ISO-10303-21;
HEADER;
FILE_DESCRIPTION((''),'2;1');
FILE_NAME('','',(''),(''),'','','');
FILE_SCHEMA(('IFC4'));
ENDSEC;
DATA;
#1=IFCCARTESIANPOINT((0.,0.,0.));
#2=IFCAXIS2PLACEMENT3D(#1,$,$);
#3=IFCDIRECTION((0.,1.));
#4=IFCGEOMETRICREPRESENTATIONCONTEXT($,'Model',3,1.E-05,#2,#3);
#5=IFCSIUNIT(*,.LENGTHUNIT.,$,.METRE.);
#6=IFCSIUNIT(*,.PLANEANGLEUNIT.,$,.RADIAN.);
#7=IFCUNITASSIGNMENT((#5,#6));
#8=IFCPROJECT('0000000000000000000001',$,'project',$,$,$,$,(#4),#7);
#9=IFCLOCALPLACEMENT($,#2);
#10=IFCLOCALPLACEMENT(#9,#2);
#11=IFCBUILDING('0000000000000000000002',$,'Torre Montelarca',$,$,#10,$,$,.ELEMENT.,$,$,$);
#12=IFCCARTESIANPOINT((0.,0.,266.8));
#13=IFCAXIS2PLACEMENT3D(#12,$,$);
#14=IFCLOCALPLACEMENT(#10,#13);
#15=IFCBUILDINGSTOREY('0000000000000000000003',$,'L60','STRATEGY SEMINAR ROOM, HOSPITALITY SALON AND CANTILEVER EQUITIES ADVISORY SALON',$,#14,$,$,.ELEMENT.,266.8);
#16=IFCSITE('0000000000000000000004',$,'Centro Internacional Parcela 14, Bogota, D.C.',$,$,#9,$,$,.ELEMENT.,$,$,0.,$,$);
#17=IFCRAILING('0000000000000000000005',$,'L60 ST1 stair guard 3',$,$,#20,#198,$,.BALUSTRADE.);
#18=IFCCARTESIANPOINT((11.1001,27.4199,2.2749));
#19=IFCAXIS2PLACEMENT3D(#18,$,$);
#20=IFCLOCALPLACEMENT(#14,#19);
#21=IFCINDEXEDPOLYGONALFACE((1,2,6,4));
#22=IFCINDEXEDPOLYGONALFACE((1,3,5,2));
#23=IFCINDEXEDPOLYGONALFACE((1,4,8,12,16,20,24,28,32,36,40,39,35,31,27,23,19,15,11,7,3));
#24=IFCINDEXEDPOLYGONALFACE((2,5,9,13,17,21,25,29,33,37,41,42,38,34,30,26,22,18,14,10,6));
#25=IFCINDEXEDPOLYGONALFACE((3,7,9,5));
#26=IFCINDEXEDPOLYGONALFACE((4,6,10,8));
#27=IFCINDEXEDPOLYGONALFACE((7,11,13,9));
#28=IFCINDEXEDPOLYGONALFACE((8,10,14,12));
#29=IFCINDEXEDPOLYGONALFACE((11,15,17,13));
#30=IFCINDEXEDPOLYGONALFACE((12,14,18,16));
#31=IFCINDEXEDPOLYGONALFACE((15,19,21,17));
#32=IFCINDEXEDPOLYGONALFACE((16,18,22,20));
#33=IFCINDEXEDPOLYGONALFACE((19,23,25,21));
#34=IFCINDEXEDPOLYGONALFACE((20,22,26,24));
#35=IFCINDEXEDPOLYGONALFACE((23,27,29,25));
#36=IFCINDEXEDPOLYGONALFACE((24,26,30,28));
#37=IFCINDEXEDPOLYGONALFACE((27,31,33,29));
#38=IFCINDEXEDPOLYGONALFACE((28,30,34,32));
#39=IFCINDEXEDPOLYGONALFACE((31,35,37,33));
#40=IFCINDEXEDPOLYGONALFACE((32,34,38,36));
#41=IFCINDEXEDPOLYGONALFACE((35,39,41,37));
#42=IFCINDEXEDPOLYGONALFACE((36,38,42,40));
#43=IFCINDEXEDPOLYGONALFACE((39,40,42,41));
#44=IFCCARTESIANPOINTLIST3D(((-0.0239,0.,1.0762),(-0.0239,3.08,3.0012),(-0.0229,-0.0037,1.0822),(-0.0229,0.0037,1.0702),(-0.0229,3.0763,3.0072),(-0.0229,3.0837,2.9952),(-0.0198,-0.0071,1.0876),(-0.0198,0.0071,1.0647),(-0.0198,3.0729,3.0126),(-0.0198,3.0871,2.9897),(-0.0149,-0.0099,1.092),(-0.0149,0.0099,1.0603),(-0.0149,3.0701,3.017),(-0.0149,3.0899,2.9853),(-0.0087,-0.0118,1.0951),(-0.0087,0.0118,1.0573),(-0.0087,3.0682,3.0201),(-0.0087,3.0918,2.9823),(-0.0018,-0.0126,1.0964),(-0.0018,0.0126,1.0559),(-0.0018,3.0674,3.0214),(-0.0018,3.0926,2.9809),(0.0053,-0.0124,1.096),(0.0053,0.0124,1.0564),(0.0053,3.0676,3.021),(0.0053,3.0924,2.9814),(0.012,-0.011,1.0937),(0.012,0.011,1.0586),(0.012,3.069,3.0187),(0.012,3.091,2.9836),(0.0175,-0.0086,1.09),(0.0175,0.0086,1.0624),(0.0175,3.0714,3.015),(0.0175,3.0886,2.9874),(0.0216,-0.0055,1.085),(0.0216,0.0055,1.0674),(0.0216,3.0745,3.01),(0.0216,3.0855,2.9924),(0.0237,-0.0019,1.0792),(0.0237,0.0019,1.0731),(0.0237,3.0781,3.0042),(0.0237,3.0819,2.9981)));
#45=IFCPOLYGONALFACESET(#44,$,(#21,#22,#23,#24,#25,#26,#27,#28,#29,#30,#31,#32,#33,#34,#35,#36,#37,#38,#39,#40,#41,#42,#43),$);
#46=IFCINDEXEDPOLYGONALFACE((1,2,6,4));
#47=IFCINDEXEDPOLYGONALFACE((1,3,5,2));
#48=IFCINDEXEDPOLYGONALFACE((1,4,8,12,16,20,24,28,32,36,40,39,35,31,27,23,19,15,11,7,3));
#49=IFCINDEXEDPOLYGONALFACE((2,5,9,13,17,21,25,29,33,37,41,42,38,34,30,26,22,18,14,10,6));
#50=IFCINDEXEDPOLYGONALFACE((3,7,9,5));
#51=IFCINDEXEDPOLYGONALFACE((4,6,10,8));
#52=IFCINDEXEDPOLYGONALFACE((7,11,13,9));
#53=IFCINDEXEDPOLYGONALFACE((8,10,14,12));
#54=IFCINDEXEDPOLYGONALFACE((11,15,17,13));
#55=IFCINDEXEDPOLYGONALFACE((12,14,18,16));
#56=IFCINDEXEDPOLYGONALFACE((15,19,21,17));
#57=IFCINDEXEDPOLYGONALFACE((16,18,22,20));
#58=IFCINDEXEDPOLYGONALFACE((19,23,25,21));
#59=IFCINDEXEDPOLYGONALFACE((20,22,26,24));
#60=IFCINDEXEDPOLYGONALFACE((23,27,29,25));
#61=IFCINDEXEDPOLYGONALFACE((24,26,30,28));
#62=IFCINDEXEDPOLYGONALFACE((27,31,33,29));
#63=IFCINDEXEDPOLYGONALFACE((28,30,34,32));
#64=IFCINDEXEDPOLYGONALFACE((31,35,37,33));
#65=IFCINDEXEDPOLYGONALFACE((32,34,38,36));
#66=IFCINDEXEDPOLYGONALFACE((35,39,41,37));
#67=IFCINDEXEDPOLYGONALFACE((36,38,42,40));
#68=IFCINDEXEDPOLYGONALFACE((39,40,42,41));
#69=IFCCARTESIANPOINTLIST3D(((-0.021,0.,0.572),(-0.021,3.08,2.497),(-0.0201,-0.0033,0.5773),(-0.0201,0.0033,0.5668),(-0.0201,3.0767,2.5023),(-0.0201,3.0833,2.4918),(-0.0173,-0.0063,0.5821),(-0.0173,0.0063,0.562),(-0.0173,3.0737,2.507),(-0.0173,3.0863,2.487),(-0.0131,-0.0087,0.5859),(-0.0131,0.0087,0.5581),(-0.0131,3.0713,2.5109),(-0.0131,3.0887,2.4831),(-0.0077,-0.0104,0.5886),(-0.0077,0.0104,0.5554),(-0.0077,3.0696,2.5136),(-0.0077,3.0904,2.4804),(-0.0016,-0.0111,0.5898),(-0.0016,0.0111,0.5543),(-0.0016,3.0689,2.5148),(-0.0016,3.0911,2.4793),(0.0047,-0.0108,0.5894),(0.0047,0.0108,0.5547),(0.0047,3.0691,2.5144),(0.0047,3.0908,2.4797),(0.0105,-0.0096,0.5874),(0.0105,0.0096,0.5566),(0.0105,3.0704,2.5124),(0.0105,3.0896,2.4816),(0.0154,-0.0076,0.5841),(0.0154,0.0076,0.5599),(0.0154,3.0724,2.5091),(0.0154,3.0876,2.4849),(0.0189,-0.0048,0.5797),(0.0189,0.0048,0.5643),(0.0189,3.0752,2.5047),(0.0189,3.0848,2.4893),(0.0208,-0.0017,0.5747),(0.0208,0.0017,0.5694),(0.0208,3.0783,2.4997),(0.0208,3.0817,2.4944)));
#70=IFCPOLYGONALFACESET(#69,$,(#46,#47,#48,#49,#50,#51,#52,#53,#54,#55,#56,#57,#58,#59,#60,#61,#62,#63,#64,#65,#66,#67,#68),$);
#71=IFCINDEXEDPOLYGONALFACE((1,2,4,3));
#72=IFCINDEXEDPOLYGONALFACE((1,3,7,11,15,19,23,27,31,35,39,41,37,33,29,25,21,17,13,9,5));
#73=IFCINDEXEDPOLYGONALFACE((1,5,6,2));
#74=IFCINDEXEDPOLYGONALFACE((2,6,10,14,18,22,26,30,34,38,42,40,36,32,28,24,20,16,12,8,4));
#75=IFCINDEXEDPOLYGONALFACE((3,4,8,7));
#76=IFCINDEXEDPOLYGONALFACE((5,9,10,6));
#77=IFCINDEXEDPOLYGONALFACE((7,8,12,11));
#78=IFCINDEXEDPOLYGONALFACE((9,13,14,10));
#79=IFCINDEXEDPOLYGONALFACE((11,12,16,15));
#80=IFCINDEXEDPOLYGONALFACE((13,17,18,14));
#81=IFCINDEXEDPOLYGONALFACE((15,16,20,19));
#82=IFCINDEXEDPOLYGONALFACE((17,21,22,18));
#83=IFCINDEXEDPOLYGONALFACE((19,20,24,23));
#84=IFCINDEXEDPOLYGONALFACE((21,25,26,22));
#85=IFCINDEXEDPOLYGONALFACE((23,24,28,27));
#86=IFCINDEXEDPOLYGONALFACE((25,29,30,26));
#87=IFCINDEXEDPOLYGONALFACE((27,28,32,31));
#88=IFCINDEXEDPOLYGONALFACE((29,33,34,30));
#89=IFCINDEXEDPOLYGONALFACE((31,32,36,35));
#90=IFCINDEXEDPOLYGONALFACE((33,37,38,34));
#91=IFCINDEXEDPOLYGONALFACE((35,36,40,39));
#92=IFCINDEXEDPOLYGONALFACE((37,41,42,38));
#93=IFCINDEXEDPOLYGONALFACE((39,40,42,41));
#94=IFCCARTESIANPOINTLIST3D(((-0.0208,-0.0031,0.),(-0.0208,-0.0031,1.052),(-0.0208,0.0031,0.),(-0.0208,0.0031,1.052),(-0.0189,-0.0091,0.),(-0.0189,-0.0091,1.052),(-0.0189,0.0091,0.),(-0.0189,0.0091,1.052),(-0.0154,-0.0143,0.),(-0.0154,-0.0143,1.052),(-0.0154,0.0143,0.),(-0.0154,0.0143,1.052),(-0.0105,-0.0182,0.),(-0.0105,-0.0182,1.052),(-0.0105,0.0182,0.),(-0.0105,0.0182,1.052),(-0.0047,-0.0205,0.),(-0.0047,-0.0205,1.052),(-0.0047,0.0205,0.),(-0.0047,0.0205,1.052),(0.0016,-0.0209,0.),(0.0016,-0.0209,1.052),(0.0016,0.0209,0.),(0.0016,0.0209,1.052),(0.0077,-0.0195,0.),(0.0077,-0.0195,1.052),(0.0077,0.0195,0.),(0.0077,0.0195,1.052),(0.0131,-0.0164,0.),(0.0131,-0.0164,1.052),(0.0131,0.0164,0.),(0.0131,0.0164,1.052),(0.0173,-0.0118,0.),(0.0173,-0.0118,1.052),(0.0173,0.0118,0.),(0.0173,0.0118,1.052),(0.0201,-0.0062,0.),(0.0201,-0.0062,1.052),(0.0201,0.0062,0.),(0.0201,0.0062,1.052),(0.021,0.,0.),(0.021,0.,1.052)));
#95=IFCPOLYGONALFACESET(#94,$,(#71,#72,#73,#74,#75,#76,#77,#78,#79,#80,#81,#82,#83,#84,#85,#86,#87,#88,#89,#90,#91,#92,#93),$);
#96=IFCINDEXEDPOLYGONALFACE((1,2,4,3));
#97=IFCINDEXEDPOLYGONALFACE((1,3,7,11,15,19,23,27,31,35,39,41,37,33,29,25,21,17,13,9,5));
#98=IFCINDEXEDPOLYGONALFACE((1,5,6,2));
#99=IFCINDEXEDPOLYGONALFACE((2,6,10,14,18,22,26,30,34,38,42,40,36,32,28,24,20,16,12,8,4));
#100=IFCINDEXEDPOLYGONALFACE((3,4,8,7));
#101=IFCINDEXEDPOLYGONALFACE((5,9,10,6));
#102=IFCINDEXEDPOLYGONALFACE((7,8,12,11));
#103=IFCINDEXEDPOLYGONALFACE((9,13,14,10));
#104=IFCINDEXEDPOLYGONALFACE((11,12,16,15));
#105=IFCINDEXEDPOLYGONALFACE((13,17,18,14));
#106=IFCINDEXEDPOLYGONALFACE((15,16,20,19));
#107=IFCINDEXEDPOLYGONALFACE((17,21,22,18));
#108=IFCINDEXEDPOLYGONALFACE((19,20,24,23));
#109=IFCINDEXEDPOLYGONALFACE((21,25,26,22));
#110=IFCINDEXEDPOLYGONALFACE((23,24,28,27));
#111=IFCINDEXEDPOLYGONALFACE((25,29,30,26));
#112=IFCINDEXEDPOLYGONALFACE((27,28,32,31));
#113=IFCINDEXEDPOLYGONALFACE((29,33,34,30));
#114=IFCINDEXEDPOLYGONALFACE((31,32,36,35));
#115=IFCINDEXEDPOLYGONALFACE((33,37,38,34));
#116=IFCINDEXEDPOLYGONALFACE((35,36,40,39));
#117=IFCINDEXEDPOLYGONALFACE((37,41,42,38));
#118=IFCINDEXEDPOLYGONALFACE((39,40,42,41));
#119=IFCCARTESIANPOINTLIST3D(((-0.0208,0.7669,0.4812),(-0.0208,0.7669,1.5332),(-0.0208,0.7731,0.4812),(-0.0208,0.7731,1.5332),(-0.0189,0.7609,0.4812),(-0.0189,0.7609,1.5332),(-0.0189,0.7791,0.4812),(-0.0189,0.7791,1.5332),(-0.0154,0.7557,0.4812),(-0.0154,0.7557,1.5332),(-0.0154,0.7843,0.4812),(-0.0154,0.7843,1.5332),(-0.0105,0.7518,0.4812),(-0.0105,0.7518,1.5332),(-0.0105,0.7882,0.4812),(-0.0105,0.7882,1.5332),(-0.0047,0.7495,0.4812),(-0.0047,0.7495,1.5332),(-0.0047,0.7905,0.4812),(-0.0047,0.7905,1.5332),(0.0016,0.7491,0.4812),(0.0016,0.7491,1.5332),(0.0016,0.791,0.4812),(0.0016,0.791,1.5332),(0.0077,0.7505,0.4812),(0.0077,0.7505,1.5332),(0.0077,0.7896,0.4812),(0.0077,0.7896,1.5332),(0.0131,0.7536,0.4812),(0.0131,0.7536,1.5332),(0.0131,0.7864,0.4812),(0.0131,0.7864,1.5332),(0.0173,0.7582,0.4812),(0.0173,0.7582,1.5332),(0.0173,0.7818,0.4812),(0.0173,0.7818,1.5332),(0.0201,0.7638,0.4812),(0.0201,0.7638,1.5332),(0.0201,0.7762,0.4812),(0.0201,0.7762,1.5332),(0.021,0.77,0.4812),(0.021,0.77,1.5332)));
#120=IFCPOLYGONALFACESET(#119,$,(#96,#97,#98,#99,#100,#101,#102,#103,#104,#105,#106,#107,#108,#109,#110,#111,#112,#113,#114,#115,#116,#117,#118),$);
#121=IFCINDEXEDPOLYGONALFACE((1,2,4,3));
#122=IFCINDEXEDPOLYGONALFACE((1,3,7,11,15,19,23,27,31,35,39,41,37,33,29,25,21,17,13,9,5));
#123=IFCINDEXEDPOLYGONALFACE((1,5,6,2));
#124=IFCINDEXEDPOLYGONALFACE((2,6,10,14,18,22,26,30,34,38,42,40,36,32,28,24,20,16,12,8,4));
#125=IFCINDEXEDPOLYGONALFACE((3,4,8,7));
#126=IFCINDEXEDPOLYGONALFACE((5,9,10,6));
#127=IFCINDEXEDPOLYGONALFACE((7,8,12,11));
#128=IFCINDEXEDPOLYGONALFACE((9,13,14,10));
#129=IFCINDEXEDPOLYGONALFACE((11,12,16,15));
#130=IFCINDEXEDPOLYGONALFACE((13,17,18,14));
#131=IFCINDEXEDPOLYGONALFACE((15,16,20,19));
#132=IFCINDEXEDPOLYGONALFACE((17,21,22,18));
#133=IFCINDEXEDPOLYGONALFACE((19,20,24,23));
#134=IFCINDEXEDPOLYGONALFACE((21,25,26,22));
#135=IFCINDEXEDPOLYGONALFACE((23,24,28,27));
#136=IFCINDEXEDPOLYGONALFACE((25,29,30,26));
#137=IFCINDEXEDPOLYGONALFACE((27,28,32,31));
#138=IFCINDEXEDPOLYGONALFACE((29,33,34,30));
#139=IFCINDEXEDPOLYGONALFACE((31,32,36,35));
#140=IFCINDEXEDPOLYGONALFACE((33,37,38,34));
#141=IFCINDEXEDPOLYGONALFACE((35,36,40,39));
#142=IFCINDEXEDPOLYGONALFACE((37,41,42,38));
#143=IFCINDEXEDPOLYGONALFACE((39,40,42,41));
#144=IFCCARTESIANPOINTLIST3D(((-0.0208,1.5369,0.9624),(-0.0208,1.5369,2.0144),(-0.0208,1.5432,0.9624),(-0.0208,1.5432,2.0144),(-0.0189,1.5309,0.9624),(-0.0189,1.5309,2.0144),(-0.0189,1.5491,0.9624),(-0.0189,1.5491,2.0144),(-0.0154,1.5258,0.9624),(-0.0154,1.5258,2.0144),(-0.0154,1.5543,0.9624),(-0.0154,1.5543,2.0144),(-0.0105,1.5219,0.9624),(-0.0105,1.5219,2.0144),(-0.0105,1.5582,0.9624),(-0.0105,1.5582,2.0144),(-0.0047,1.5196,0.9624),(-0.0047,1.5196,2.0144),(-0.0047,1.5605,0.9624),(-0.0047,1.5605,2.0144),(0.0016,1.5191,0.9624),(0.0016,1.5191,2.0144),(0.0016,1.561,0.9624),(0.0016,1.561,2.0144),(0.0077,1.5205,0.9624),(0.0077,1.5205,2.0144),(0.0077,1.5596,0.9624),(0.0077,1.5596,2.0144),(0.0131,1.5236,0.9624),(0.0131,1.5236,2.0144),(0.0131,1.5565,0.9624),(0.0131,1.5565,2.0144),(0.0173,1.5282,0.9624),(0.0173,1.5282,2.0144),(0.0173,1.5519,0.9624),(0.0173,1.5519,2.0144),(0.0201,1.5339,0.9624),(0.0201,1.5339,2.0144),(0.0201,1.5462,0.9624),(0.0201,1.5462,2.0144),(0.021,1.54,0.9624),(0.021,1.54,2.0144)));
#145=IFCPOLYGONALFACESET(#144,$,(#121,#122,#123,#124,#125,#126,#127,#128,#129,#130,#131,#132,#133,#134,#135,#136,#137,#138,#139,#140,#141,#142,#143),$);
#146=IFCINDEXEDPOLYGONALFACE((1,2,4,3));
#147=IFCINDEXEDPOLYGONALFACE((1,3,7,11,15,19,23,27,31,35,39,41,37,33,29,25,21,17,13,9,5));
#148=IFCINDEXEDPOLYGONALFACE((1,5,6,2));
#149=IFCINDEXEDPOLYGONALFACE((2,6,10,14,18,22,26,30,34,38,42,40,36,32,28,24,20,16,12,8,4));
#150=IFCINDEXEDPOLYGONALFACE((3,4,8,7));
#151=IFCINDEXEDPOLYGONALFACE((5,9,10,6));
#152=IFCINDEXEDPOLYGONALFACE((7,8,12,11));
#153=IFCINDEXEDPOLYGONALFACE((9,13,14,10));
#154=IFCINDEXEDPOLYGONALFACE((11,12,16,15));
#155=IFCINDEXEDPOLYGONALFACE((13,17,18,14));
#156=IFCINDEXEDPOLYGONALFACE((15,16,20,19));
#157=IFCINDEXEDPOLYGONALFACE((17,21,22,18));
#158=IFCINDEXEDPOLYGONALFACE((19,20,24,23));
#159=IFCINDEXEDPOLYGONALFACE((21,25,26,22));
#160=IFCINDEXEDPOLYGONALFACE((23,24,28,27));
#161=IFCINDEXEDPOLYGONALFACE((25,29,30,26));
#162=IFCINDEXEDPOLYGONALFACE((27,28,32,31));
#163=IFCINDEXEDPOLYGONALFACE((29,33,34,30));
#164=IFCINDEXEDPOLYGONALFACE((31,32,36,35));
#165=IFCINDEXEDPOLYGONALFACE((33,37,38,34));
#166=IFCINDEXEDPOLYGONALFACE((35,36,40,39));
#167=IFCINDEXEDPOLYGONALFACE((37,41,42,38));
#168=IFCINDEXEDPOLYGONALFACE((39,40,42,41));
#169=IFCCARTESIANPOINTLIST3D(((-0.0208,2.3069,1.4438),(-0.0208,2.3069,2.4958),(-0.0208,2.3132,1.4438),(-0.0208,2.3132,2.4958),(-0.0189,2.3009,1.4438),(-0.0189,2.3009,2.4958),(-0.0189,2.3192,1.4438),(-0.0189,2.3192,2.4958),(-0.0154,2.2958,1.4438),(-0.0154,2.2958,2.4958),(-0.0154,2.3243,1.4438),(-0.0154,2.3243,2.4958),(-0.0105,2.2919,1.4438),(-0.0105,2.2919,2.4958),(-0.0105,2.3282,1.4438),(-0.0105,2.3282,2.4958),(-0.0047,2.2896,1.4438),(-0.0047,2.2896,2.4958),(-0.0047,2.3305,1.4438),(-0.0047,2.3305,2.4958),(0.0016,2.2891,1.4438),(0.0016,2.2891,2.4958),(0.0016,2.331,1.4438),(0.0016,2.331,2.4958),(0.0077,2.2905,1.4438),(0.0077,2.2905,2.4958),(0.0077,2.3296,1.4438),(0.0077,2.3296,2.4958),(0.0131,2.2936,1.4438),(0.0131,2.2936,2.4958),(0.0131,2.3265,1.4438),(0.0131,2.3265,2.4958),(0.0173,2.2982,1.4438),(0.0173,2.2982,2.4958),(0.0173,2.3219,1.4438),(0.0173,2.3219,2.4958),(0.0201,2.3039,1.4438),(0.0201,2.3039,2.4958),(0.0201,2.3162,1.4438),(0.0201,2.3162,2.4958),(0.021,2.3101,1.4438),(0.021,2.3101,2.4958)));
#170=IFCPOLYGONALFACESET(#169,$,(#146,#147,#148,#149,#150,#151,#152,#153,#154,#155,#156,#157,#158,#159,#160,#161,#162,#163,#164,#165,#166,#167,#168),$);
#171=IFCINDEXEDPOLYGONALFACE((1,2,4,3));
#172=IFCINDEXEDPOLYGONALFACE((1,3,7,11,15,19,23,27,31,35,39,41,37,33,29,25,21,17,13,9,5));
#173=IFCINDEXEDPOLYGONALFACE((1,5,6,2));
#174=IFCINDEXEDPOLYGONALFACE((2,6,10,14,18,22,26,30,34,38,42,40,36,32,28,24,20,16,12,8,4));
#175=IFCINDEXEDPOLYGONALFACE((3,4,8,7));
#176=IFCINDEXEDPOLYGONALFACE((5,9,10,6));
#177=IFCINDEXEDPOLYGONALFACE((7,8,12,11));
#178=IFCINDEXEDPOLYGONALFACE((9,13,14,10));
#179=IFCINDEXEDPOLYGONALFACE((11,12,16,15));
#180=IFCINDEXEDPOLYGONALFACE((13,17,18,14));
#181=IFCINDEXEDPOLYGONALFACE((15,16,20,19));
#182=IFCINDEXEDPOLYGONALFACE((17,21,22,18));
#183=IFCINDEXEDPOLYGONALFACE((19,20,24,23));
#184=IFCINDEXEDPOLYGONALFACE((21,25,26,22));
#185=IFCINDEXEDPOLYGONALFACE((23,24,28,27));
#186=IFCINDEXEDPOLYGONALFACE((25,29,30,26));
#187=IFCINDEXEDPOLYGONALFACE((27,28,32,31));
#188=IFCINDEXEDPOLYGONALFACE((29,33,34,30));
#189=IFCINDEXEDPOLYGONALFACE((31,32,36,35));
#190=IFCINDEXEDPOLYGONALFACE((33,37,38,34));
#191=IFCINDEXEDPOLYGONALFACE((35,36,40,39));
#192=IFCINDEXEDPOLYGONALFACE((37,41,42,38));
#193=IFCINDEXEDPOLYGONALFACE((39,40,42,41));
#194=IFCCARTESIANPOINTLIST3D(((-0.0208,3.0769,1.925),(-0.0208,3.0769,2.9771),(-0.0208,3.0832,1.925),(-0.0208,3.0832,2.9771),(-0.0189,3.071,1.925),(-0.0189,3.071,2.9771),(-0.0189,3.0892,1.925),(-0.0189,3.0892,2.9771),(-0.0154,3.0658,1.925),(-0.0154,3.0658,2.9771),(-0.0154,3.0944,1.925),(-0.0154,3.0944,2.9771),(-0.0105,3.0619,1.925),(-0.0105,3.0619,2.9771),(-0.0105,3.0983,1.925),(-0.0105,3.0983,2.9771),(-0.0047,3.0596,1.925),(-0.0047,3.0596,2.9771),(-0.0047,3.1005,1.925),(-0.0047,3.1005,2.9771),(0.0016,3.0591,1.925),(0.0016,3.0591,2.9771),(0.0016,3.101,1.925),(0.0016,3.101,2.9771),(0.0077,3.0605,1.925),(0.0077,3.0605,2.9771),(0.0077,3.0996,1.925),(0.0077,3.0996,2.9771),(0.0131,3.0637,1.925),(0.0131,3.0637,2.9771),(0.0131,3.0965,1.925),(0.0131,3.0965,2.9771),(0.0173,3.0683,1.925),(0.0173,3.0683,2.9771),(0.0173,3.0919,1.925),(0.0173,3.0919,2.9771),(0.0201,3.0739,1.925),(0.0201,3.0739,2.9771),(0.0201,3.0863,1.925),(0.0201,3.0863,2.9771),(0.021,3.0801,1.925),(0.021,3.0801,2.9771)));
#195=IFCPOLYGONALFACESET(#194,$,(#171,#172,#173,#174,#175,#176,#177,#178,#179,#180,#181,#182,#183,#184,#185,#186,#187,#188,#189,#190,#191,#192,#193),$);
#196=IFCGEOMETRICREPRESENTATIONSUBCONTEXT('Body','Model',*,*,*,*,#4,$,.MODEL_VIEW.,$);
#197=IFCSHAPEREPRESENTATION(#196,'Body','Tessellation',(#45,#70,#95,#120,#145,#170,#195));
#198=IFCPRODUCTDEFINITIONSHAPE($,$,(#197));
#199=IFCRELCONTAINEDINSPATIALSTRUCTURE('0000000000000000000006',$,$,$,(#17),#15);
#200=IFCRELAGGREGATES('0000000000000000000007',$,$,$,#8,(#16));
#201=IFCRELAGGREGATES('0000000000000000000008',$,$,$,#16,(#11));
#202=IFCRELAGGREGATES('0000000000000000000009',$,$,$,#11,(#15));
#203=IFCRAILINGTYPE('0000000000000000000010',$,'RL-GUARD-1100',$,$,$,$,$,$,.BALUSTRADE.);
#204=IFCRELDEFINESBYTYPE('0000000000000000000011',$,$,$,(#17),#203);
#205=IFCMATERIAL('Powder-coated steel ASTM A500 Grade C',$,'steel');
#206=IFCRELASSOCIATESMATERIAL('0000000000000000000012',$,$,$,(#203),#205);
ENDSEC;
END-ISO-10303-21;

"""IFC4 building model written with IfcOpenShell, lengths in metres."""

from ifc_helpers import new_model, si_unit, direction, frame, origin, origin_2d, place, context, subcontext, project, spatial, circle, extrude, material, type_object, element, save


model = new_model("IFC4")

# Units and contexts
model_context = context("Model", 3, precision=1e-05, world=origin(), true_north=direction((0.0, 1.0)))
body_context = subcontext(model_context, "Body", "Model", "MODEL_VIEW")
ifc_project = project(units=[si_unit("LENGTHUNIT", "METRE"), si_unit("PLANEANGLEUNIT", "RADIAN")], contexts=[model_context])

# Site, building, storey
site_placement = place(None, origin())
site = spatial("IfcSite", under=ifc_project, at=site_placement, Name="Centro Internacional Parcela 14, Bogota, D.C.", CompositionType="ELEMENT", RefElevation=0.0)
building_placement = place(site_placement, origin())
building = spatial("IfcBuilding", under=site, at=building_placement, Name="Torre Montelarca", CompositionType="ELEMENT")
storey_placement = place(building_placement, frame((0.0, 0.0, 266.8)))
storey = spatial("IfcBuildingStorey", under=building, at=storey_placement, Name="L60", Description="STRATEGY SEMINAR ROOM, HOSPITALITY SALON AND CANTILEVER EQUITIES ADVISORY SALON", CompositionType="ELEMENT", Elevation=266.8)

# Railing
ifc_material_1 = material(Name="Powder-coated steel ASTM A500 Grade C", Category="steel")
railing_type_1 = type_object("IfcRailingType", Name="RL-GUARD-1100", PredefinedType="BALUSTRADE", material=ifc_material_1)
railing_1_placement = place(storey_placement, frame((11.1001, 27.4199, 2.2749)))
element("IfcRailing", 1, at=railing_1_placement, inside=storey, type_object=railing_type_1, Name="L60 ST1 stair guard 3", PredefinedType="BALUSTRADE", context=body_context, shape_type="SweptSolid", body=[
    extrude(circle(Radius=0.0239, at=origin_2d()), frame((0.0, 0.0, 1.0762), z_axis=(0.0, 0.847998, 0.529999), x_axis=(-1.0, 0.0, 0.0)), (0.0, 0.0, 1.0), 3.6321),
    extrude(circle(Radius=0.021, at=origin_2d()), frame((0.0, 0.0, 0.572), z_axis=(0.0, 0.847998, 0.529999), x_axis=(-1.0, 0.0, 0.0)), (0.0, 0.0, 1.0), 3.6321),
    extrude(circle(Radius=0.021, at=origin_2d()), origin(), (0.0, 0.0, 1.0), 1.052),
    extrude(circle(Radius=0.021, at=origin_2d()), frame((0.0, 0.77, 0.4812)), (0.0, 0.0, 1.0), 1.052),
    extrude(circle(Radius=0.021, at=origin_2d()), frame((0.0, 1.54, 0.9624)), (0.0, 0.0, 1.0), 1.052),
    extrude(circle(Radius=0.021, at=origin_2d()), frame((0.0, 2.3101, 1.4438)), (0.0, 0.0, 1.0), 1.052),
    extrude(circle(Radius=0.021, at=origin_2d()), frame((0.0, 3.0801, 1.925)), (0.0, 0.0, 1.0), 1.052),
])

save(model, "model.ifc")
